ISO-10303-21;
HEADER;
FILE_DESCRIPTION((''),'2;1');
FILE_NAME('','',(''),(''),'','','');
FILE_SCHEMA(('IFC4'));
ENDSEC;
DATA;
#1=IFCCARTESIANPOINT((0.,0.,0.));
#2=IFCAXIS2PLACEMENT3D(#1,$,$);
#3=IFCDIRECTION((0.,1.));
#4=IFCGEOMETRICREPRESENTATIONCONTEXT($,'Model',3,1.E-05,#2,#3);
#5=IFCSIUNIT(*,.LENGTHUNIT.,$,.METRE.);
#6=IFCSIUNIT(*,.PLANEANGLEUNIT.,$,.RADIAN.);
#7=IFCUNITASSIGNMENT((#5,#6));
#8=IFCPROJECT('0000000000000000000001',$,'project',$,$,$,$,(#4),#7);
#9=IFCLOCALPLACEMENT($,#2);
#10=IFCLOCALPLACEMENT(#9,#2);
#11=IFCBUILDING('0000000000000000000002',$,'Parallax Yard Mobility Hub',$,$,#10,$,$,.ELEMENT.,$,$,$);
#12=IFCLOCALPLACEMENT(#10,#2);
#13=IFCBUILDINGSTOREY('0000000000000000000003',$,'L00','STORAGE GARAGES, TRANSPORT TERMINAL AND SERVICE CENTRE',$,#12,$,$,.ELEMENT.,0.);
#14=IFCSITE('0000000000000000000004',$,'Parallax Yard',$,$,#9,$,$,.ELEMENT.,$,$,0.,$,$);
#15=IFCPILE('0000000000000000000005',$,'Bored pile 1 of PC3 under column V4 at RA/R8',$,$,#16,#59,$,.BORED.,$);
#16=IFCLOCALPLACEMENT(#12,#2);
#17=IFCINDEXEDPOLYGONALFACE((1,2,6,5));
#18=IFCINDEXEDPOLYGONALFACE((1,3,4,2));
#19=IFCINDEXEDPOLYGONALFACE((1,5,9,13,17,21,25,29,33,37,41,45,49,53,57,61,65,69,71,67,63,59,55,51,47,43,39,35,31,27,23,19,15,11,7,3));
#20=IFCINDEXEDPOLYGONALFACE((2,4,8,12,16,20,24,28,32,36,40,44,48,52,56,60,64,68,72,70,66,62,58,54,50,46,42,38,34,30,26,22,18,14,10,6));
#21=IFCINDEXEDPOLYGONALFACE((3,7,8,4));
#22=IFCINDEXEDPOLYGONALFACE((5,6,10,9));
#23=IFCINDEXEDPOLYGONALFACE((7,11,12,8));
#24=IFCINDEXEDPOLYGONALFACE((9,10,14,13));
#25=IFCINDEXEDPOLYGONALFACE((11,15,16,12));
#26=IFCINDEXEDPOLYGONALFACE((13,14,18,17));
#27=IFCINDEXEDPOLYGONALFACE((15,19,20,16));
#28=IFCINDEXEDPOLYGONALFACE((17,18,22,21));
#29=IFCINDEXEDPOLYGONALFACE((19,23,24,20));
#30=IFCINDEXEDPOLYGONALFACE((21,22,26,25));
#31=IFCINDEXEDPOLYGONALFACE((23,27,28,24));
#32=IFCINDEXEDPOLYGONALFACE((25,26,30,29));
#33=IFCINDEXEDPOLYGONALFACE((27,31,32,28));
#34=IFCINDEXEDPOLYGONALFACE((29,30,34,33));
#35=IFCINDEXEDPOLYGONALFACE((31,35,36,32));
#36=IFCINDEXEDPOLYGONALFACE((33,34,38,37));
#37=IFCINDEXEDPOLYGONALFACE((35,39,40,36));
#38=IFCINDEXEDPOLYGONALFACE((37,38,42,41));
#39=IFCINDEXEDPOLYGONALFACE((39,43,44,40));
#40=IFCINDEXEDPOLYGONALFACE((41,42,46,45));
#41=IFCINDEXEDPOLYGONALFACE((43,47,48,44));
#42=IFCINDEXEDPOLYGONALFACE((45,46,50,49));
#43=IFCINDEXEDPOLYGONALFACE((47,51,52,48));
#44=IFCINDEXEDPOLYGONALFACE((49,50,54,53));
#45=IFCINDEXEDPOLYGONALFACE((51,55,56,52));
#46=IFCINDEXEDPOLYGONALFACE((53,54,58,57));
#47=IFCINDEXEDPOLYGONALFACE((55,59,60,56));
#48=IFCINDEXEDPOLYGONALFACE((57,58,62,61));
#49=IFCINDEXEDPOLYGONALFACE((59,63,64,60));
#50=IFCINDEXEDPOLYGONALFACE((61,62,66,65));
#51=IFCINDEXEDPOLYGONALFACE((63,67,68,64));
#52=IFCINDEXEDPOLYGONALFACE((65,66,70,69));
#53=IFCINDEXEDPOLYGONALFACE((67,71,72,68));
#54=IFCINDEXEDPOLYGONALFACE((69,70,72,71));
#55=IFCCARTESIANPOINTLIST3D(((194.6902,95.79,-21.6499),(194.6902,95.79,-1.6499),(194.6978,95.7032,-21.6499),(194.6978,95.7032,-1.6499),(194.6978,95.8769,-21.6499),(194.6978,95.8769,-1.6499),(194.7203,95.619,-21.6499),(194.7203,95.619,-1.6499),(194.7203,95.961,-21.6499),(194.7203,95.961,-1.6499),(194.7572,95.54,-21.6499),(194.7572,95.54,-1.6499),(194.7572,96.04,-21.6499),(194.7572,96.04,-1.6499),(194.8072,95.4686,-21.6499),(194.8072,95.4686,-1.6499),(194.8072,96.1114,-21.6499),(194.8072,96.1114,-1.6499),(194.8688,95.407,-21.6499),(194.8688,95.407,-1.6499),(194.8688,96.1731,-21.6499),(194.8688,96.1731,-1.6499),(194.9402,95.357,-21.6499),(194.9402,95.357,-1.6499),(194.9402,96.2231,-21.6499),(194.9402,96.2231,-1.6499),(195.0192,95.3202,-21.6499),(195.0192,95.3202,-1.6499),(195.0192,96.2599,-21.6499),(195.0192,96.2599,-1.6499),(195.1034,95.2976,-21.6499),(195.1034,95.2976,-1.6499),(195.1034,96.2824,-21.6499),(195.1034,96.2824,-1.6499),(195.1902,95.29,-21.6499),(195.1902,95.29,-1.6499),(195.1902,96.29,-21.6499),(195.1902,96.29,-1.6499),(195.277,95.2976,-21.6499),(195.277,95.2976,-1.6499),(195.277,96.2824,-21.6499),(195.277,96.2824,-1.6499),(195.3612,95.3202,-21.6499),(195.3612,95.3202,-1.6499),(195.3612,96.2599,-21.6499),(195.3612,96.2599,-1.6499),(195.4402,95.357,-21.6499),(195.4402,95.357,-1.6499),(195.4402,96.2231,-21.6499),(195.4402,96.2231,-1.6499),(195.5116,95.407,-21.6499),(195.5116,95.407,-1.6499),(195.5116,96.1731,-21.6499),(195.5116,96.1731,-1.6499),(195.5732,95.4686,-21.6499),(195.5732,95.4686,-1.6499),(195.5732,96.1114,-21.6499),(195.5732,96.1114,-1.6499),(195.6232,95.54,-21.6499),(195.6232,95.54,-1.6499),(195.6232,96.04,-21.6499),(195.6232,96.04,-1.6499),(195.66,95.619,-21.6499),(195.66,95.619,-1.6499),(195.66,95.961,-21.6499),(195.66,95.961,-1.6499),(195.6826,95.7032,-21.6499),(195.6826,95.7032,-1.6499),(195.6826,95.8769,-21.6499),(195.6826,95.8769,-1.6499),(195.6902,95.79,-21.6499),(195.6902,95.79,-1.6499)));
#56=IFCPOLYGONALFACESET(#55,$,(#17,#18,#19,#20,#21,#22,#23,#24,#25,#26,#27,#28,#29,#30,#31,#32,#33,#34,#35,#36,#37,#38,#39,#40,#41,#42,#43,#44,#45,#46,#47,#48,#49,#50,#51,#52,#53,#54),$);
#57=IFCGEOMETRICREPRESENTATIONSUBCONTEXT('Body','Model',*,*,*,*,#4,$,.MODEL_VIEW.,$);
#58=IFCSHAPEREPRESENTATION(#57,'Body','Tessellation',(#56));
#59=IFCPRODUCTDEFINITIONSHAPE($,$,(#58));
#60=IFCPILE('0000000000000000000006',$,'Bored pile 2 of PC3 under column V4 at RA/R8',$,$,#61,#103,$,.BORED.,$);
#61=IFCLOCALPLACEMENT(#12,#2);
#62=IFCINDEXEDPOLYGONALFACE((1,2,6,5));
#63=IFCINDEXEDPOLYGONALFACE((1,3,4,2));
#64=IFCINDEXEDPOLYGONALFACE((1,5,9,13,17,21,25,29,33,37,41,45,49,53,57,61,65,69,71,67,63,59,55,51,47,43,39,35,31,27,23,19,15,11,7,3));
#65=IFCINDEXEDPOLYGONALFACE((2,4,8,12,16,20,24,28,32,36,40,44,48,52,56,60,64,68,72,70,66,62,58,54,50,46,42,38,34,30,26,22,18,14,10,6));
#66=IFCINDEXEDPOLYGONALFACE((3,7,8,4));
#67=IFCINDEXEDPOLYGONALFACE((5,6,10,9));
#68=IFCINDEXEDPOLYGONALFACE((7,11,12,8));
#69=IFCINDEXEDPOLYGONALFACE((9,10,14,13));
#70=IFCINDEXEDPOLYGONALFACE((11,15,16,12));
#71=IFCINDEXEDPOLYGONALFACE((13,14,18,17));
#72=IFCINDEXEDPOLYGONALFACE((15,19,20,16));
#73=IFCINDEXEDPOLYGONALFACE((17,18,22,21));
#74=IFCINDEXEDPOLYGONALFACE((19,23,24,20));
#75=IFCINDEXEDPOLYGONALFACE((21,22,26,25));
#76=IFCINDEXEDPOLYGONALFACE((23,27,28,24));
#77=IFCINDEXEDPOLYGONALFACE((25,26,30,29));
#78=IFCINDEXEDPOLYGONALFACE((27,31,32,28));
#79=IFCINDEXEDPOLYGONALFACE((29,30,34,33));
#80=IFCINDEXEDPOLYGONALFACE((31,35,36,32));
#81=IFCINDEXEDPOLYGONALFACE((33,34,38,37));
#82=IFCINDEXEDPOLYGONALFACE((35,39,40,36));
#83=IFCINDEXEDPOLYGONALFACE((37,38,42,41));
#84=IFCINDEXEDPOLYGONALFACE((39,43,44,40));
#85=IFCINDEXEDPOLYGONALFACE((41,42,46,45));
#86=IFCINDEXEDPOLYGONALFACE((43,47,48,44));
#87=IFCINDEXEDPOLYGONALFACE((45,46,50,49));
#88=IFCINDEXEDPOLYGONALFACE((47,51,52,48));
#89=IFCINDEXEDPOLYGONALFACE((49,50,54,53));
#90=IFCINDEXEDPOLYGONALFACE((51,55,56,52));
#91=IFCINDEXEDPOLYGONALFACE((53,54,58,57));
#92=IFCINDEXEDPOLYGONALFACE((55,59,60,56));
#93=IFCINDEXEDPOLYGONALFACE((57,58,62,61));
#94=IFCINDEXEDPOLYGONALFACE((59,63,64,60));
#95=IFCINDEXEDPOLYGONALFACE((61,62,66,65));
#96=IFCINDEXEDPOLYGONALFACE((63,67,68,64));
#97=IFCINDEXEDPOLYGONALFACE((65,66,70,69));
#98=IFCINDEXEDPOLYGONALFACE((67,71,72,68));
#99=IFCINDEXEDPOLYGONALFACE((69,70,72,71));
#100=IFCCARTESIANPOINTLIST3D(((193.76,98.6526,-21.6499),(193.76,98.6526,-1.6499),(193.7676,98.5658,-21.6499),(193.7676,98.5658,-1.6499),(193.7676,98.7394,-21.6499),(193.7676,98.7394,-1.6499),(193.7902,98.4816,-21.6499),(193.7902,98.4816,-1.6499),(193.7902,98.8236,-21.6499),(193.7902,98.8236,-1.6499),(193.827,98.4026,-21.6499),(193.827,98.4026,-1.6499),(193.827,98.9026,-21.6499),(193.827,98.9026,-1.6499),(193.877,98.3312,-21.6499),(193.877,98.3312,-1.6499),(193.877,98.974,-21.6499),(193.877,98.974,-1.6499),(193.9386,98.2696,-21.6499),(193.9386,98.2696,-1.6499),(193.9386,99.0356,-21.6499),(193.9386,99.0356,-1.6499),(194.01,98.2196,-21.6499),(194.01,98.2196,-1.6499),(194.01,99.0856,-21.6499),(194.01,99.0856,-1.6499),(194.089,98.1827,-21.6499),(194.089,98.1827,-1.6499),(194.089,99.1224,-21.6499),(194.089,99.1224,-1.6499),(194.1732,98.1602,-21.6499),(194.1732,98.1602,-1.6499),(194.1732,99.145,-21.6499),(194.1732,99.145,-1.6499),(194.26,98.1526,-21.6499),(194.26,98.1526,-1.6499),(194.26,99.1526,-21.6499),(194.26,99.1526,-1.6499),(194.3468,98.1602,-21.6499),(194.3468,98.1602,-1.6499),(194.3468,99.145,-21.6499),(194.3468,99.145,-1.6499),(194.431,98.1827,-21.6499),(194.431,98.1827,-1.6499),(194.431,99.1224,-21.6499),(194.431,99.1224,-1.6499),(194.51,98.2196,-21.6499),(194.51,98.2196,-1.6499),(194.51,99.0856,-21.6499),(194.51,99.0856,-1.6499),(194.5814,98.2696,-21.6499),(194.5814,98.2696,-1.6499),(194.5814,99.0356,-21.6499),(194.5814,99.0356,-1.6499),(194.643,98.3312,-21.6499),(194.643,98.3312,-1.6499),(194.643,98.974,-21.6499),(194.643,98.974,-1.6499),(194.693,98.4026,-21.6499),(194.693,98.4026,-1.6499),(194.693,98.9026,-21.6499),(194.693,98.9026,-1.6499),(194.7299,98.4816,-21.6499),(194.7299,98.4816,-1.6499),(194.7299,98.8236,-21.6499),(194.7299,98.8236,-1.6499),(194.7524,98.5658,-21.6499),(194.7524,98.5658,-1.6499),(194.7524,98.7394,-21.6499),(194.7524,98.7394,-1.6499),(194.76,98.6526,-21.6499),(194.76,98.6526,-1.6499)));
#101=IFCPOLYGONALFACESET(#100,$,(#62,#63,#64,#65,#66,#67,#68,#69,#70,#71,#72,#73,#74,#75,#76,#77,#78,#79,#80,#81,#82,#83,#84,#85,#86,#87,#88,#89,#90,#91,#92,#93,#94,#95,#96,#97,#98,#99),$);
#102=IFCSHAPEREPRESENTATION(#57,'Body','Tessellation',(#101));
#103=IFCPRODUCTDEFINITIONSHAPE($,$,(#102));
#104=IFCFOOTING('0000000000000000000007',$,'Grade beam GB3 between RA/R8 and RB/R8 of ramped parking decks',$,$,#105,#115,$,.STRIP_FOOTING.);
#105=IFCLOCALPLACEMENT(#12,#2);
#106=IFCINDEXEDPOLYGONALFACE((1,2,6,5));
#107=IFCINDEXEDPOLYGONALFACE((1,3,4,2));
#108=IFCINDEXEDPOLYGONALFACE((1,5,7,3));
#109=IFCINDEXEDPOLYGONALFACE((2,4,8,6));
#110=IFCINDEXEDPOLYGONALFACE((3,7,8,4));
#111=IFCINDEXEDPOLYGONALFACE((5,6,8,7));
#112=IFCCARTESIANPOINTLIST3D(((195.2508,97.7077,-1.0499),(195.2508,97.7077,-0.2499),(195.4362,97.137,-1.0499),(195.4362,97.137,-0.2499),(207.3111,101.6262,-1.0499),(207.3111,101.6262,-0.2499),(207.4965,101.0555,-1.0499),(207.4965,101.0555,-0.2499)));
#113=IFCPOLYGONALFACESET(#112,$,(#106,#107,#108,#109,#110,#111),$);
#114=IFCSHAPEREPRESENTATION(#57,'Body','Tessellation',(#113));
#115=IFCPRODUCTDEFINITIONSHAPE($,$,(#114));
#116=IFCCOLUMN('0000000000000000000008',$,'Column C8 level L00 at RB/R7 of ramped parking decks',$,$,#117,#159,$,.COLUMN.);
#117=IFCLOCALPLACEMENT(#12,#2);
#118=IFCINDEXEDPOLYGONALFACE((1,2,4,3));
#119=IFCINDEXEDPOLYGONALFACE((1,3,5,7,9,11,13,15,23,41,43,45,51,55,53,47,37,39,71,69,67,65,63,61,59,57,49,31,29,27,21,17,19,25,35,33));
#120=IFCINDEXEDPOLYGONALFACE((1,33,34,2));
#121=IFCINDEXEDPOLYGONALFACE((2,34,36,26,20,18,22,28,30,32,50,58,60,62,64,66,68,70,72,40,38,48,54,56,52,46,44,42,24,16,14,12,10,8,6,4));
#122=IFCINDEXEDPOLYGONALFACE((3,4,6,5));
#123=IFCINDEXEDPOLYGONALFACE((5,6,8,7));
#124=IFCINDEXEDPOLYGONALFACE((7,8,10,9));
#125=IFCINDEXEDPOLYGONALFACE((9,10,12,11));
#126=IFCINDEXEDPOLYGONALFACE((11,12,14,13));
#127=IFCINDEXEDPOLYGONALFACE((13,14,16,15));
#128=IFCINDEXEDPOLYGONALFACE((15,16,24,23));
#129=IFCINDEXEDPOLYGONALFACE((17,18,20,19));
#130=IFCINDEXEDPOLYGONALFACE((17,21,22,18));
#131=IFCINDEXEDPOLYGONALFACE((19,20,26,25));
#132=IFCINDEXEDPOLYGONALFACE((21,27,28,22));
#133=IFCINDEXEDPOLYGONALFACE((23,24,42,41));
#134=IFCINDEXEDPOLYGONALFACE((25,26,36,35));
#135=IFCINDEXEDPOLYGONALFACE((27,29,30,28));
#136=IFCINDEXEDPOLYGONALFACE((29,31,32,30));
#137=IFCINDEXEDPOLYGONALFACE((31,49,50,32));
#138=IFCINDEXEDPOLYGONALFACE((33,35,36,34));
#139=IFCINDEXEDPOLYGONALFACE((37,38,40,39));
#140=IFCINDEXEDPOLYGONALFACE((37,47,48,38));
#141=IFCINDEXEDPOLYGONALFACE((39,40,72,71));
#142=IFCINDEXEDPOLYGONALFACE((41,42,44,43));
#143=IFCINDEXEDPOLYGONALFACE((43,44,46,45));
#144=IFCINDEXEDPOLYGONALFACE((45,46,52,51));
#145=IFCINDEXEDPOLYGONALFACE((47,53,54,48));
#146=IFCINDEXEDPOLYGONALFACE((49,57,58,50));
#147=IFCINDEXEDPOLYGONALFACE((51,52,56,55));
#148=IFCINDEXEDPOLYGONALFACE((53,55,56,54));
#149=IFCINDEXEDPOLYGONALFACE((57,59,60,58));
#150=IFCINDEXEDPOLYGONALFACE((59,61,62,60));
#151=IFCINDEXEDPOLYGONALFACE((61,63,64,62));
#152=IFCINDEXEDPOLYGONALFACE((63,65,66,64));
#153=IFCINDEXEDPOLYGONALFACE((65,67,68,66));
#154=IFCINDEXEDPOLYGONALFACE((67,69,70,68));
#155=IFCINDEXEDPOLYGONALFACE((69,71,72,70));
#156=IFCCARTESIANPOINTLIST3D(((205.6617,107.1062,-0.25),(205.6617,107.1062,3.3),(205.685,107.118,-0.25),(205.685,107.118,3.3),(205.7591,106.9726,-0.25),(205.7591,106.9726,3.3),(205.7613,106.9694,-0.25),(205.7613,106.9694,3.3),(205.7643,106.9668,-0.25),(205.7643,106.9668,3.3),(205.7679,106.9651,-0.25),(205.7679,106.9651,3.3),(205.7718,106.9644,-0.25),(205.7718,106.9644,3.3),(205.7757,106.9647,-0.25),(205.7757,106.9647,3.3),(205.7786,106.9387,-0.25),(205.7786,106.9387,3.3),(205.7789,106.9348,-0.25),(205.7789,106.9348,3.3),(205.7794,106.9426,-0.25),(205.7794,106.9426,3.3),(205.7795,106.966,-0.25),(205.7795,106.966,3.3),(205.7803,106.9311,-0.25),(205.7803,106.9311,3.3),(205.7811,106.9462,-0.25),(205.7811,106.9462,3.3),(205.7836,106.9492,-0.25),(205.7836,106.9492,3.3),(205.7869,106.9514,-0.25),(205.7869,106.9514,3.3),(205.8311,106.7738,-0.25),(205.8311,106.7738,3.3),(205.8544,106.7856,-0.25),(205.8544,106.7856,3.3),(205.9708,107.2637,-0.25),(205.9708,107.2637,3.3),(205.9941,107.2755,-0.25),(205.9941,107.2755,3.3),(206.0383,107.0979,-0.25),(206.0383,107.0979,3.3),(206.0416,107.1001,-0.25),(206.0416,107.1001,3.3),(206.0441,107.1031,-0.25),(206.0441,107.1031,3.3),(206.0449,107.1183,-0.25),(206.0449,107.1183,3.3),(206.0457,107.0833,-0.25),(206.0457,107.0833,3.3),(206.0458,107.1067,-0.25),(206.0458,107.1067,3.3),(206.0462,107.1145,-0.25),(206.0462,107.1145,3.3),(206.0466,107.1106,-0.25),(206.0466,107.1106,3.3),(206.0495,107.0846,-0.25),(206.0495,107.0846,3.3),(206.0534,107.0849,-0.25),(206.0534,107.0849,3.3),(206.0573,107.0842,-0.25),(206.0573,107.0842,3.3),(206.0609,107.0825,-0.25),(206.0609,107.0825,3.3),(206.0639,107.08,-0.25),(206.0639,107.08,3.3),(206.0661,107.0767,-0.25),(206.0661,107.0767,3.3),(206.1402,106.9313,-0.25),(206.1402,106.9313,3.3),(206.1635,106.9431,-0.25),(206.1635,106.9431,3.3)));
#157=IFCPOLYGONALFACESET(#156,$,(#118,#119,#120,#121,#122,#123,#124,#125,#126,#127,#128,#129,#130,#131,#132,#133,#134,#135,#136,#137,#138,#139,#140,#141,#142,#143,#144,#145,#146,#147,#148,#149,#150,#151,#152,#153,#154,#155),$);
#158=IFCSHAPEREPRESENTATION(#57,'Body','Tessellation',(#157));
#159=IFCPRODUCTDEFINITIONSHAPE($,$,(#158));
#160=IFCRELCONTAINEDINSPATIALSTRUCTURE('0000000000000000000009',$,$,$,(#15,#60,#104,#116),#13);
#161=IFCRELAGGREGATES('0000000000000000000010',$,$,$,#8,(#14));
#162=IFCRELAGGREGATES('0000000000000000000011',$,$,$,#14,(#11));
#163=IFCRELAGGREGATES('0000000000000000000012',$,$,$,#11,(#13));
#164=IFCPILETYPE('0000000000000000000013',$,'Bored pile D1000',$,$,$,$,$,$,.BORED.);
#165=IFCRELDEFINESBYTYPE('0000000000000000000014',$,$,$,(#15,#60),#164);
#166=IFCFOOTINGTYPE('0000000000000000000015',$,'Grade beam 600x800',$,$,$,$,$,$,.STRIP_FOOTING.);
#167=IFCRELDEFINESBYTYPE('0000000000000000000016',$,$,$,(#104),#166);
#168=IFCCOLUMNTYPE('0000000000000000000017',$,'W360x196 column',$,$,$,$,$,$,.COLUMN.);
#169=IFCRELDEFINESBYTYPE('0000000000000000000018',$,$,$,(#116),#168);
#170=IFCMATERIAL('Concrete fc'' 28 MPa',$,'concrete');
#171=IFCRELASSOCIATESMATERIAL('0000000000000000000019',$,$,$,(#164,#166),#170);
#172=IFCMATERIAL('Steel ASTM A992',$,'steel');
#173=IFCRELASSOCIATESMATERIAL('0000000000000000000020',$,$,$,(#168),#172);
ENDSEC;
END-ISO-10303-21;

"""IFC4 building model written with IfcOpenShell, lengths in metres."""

from ifc_helpers import new_model, si_unit, direction, frame, origin, origin_2d, place, context, subcontext, project, spatial, rectangle, circle, i_section, extrude, material, material_profile, profile_set, type_object, element, save


model = new_model("IFC4")

# Units and contexts
model_context = context("Model", 3, precision=1e-05, world=origin(), true_north=direction((0.0, 1.0)))
body_context = subcontext(model_context, "Body", "Model", "MODEL_VIEW")
ifc_project = project(units=[si_unit("LENGTHUNIT", "METRE"), si_unit("PLANEANGLEUNIT", "RADIAN")], contexts=[model_context])

# Site, building, storey
site_placement = place(None, origin())
site = spatial("IfcSite", under=ifc_project, at=site_placement, Name="Parallax Yard", CompositionType="ELEMENT", RefElevation=0.0)
building_placement = place(site_placement, origin())
building = spatial("IfcBuilding", under=site, at=building_placement, Name="Parallax Yard Mobility Hub", CompositionType="ELEMENT")
storey_placement = place(building_placement, origin())
storey = spatial("IfcBuildingStorey", under=building, at=storey_placement, Name="L00", Description="STORAGE GARAGES, TRANSPORT TERMINAL AND SERVICE CENTRE", CompositionType="ELEMENT", Elevation=0.0)

# Piles
ifc_material_1 = material(Name="Concrete fc' 28 MPa", Category="concrete")
ifc_material_profile_1 = material_profile(ifc_material_1, circle(Radius=0.5, at=origin_2d()), Name="Bored pile D1000")
ifc_profile_set_1 = profile_set([ifc_material_profile_1], Name="Concrete fc' 28 MPa")
pile_type = type_object("IfcPileType", Name="Bored pile D1000", PredefinedType="BORED", material=ifc_profile_set_1)
for number, where, z_axis, x_axis, name in (
    (1, (195.1902, 95.79, -1.6499), (0.0, 0.0, -1.0), (1.0, 0.0, 0.0), "Bored pile 1 of PC3 under column V4 at RA/R8"),
    (2, (194.26, 98.6526, -1.6499), (0.0, 0.0, -1.0), (1.0, 0.0, 0.0), "Bored pile 2 of PC3 under column V4 at RA/R8"),
):
    element("IfcPile", number, at=place(storey_placement, frame(where, z_axis=z_axis, x_axis=x_axis)), inside=storey, type_object=pile_type, Name=name, PredefinedType="BORED", context=body_context, shape_type="SweptSolid", body=[
        extrude(circle(Radius=0.5, at=origin_2d()), origin(), (0.0, 0.0, 1.0), 20.0),
    ])

# Footing
ifc_material_profile_2 = material_profile(ifc_material_1, rectangle(XDim=0.6001, YDim=0.8, at=origin_2d()), Name="Grade beam 600x800")
ifc_profile_set_2 = profile_set([ifc_material_profile_2], Name="Concrete fc' 28 MPa")
footing_type = type_object("IfcFootingType", Name="Grade beam 600x800", PredefinedType="STRIP_FOOTING", material=ifc_profile_set_2)
footing_placement = place(storey_placement, frame((195.3435, 97.4224, -0.6499), z_axis=(0.951061, 0.309005, 0.0), x_axis=(-0.309005, 0.951061, 0.0)))
element("IfcFooting", 3, at=footing_placement, inside=storey, type_object=footing_type, Name="Grade beam GB3 between RA/R8 and RB/R8 of ramped parking decks", PredefinedType="STRIP_FOOTING", context=body_context, shape_type="SweptSolid", body=[
    extrude(rectangle(XDim=0.6001, YDim=0.8, at=origin_2d()), origin(), (0.0, 0.0, 1.0), 12.6809),
])

# Column
ifc_material_2 = material(Name="Steel ASTM A992", Category="steel")
ifc_material_profile_3 = material_profile(ifc_material_2, i_section(OverallWidth=0.373, OverallDepth=0.373, WebThickness=0.0164, FlangeThickness=0.0261, FilletRadius=0.0151, at=origin_2d()), Name="W360x196")
ifc_profile_set_3 = profile_set([ifc_material_profile_3], Name="Steel ASTM A992")
column_type_1 = type_object("IfcColumnType", Name="W360x196 column", PredefinedType="COLUMN", material=ifc_profile_set_3)
column_1_placement = place(storey_placement, frame((205.9126, 107.0247, -0.25), z_axis=(0.0, 0.0, 1.0), x_axis=(-0.45399, 0.891007, 0.0)))
element("IfcColumn", 4, at=column_1_placement, inside=storey, type_object=column_type_1, Name="Column C8 level L00 at RB/R7 of ramped parking decks", PredefinedType="COLUMN", context=body_context, shape_type="SweptSolid", body=[
    extrude(i_section(OverallWidth=0.373, OverallDepth=0.373, WebThickness=0.0164, FlangeThickness=0.0261, FilletRadius=0.0151, at=origin_2d()), origin(), (0.0, 0.0, 1.0), 3.55),
])

save(model, "model.ifc")
